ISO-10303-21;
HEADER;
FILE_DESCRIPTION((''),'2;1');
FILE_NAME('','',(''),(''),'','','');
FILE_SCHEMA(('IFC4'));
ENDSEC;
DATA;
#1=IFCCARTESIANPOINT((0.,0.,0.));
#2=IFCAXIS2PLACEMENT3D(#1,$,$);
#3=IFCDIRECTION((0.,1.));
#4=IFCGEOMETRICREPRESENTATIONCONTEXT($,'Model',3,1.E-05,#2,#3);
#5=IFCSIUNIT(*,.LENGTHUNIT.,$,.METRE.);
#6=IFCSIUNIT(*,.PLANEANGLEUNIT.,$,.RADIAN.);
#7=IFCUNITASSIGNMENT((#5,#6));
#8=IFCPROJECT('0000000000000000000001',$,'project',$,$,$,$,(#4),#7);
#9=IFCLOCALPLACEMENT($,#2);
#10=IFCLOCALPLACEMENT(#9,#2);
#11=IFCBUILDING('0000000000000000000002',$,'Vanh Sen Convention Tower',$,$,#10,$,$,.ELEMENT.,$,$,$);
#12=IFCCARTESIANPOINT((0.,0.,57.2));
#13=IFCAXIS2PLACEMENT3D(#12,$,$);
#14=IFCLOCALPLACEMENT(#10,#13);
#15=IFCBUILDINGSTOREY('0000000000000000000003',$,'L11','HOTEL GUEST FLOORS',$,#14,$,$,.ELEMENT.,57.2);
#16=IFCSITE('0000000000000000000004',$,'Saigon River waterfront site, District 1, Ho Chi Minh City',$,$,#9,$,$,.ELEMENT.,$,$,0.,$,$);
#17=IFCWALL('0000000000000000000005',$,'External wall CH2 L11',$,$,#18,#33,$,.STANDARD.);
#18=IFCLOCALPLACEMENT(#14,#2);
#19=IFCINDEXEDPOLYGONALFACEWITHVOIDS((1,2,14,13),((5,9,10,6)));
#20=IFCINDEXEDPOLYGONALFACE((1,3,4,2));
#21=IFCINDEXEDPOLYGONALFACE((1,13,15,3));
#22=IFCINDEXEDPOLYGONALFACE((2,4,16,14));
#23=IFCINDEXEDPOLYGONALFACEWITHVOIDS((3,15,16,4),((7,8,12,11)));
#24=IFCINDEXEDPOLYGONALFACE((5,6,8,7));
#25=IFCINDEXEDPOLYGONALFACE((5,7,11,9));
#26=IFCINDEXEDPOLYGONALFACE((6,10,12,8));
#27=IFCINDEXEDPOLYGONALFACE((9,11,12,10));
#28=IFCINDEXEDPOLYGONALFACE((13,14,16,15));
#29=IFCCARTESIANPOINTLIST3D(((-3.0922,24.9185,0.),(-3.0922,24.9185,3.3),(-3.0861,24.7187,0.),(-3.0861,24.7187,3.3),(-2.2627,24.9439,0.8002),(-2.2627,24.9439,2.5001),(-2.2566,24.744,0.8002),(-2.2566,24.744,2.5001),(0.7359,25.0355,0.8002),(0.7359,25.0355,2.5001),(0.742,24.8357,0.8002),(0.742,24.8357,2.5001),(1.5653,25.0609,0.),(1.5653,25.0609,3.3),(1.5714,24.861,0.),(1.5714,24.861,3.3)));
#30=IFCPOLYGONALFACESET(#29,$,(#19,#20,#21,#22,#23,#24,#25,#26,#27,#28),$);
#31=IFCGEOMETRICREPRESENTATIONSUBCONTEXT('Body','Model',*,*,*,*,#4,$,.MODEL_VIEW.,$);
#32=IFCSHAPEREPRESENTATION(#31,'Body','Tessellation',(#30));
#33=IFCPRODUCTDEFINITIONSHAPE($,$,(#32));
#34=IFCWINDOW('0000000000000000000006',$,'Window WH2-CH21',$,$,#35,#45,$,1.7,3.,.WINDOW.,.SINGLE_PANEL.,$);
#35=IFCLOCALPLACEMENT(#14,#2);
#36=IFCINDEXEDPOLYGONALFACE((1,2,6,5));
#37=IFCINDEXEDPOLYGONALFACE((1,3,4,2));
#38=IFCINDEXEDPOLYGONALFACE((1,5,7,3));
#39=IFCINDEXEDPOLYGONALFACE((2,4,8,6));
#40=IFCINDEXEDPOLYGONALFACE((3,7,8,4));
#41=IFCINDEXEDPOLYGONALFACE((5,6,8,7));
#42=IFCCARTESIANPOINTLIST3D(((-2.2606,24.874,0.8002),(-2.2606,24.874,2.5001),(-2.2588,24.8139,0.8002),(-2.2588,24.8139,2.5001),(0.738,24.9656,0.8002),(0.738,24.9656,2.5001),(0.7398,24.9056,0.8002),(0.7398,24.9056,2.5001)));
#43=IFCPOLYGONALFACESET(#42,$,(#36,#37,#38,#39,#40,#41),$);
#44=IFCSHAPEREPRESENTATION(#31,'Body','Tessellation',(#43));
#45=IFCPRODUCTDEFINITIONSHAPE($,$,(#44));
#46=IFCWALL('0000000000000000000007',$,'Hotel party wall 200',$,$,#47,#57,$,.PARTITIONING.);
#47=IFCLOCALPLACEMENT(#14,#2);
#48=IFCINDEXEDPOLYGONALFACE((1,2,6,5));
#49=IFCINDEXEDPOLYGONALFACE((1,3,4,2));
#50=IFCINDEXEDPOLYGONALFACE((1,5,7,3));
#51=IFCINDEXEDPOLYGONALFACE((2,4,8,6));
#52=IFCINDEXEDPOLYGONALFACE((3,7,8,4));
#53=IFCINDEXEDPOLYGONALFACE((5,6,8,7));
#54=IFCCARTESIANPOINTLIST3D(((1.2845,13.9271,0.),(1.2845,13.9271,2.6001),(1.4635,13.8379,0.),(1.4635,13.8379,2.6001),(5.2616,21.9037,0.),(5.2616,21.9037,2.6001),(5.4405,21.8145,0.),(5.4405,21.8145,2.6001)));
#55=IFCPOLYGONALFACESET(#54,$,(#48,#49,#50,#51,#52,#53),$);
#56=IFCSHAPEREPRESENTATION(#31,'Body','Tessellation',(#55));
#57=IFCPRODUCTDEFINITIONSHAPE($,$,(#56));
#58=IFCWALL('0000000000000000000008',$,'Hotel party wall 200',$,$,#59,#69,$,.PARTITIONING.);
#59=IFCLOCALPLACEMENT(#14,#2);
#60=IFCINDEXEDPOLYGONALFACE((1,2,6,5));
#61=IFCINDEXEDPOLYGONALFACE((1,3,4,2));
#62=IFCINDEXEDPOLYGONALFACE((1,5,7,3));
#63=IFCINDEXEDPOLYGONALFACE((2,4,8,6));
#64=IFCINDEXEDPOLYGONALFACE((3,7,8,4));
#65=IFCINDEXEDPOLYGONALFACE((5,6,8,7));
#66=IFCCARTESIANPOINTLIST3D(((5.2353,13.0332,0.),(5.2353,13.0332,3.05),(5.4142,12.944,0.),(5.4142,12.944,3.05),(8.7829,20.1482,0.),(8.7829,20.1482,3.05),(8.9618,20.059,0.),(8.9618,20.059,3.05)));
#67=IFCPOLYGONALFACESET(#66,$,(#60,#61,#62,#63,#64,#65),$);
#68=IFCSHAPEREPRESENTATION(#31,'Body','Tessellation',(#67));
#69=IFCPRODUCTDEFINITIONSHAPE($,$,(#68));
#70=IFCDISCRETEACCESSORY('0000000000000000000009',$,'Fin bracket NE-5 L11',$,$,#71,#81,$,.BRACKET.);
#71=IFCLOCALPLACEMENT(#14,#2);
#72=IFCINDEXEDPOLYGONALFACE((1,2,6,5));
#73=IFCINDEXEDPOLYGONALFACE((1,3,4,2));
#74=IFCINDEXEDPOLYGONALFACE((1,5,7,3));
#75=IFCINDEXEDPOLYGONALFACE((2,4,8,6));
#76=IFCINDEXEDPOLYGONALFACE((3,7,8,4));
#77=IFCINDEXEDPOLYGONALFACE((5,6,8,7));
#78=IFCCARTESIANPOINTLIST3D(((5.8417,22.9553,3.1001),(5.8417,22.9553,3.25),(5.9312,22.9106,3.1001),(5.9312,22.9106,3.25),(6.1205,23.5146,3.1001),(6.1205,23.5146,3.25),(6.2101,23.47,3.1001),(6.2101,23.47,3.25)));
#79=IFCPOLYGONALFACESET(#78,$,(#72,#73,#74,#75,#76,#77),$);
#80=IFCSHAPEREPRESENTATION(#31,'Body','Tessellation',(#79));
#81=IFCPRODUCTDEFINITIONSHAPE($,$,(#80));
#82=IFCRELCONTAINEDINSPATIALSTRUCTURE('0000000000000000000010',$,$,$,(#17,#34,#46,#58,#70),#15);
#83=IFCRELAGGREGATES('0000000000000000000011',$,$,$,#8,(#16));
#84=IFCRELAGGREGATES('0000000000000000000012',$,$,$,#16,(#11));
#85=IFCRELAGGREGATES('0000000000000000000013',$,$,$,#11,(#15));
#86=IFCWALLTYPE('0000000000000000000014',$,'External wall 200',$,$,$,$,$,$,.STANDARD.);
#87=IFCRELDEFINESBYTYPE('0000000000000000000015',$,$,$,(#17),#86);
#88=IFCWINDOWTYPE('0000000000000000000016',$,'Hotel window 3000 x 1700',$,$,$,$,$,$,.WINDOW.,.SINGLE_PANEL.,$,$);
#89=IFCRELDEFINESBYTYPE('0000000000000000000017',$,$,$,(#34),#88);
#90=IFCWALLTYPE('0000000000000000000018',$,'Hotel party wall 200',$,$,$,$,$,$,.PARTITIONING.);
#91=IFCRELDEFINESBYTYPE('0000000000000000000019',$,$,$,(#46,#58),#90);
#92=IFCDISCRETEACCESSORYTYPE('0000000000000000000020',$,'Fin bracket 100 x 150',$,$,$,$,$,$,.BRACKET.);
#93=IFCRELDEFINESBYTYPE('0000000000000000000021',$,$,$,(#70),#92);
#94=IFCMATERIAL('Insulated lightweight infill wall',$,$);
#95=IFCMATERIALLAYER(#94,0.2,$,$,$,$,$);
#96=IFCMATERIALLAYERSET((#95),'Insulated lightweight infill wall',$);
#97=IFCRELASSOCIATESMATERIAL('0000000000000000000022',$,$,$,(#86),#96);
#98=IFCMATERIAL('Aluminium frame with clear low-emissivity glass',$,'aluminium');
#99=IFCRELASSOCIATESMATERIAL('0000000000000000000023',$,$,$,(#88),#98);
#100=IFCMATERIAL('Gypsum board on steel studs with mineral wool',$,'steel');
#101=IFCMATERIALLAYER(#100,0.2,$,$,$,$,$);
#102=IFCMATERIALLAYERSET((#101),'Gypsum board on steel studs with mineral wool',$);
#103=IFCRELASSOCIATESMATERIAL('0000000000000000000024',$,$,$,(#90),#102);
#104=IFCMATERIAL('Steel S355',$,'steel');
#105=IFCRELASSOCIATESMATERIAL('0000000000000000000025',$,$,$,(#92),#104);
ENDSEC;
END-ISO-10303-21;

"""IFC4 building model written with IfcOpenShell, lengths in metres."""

from ifc_helpers import new_model, si_unit, direction, frame, frame_2d, origin, origin_2d, place, context, subcontext, project, spatial, rectangle, extrude, material, layer, layer_set, type_object, element, fill, save


model = new_model("IFC4")

# Units and contexts
model_context = context("Model", 3, precision=1e-05, world=origin(), true_north=direction((0.0, 1.0)))
body_context = subcontext(model_context, "Body", "Model", "MODEL_VIEW")
ifc_project = project(units=[si_unit("LENGTHUNIT", "METRE"), si_unit("PLANEANGLEUNIT", "RADIAN")], contexts=[model_context])

# Site, building, storey
site_placement = place(None, origin())
site = spatial("IfcSite", under=ifc_project, at=site_placement, Name="Saigon River waterfront site, District 1, Ho Chi Minh City", CompositionType="ELEMENT", RefElevation=0.0)
building_placement = place(site_placement, origin())
building = spatial("IfcBuilding", under=site, at=building_placement, Name="Vanh Sen Convention Tower", CompositionType="ELEMENT")
storey_placement = place(building_placement, frame((0.0, 0.0, 57.2)))
storey = spatial("IfcBuildingStorey", under=building, at=storey_placement, Name="L11", Description="HOTEL GUEST FLOORS", CompositionType="ELEMENT", Elevation=57.2)

# Shared definitions
ifc_material_1 = material(Name="Gypsum board on steel studs with mineral wool", Category="steel")

# Wall, opening, window
ifc_material_2 = material(Name="Insulated lightweight infill wall")
ifc_layer_1 = layer(ifc_material_2, 0.2)
ifc_layer_set_1 = layer_set([ifc_layer_1], Name="Insulated lightweight infill wall")
wall_type_1 = type_object("IfcWallType", Name="External wall 200", PredefinedType="STANDARD", material=ifc_layer_set_1)
wall_1_placement = place(storey_placement, frame((1.5684, 24.9609, 0.0), z_axis=(0.0, 0.0, 1.0), x_axis=(-0.999533, -0.030546, 0.0)))
wall_1 = element("IfcWall", 1, at=wall_1_placement, inside=storey, type_object=wall_type_1, Name="External wall CH2 L11", PredefinedType="STANDARD", context=body_context, shape_type="SweptSolid", body=[
    extrude(rectangle(XDim=4.6597, YDim=0.2, at=frame_2d((2.3298, 0.0))), origin(), (0.0, 0.0, 1.0), 3.3),
])
opening_1_placement = place(wall_1_placement, frame((0.8298, 0.0, 0.8)))
opening_1 = element("IfcOpeningElement", 2, at=opening_1_placement, cuts=wall_1, PredefinedType="OPENING", context=body_context, shape_type="SweptSolid", body=[
    extrude(rectangle(XDim=3.0, YDim=1.7, at=frame_2d((1.5, 0.8501))), frame((0.0, 0.1099, 0.0), z_axis=(0.0, -1.0, 0.0), x_axis=(1.0, 0.0, 0.0)), (0.0, 0.0, 1.0), 0.22),
])
ifc_material_3 = material(Name="Aluminium frame with clear low-emissivity glass", Category="aluminium")
window_type = type_object("IfcWindowType", Name="Hotel window 3000 x 1700", PartitioningType="SINGLE_PANEL", PredefinedType="WINDOW", material=ifc_material_3)
window_placement = place(opening_1_placement, origin())
window = element("IfcWindow", 3, at=window_placement, inside=storey, type_object=window_type, Name="Window WH2-CH21", OverallHeight=1.7, OverallWidth=3.0, PartitioningType="SINGLE_PANEL", PredefinedType="WINDOW", context=body_context, shape_type="SweptSolid", body=[
    extrude(rectangle(XDim=3.0, YDim=1.7, at=frame_2d((1.5, 0.8501))), frame((0.0, 0.03, 0.0), z_axis=(0.0, -1.0, 0.0), x_axis=(1.0, 0.0, 0.0)), (0.0, 0.0, 1.0), 0.0601),
])
fill(opening_1, window)

# Walls
ifc_layer_2 = layer(ifc_material_1, 0.2)
ifc_layer_set_2 = layer_set([ifc_layer_2], Name="Gypsum board on steel studs with mineral wool")
wall_type_2 = type_object("IfcWallType", Name="Hotel party wall 200", PredefinedType="PARTITIONING", material=ifc_layer_set_2)
wall_2_placement = place(storey_placement, frame((5.3511, 21.8591, 0.0), z_axis=(0.0, 0.0, 1.0), x_axis=(-0.446205, -0.894931, 0.0)))
element("IfcWall", 4, at=wall_2_placement, inside=storey, type_object=wall_type_2, Name="Hotel party wall 200", PredefinedType="PARTITIONING", context=body_context, shape_type="SweptSolid", body=[
    extrude(rectangle(XDim=8.9131, YDim=0.2, at=frame_2d((4.4565, 0.0))), origin(), (0.0, 0.0, 1.0), 2.6001),
])
wall_3_placement = place(storey_placement, frame((8.8723, 20.1035, 0.0), z_axis=(0.0, 0.0, 1.0), x_axis=(-0.446218, -0.894924, 0.0)))
element("IfcWall", 5, at=wall_3_placement, inside=storey, type_object=wall_type_2, Name="Hotel party wall 200", PredefinedType="PARTITIONING", context=body_context, shape_type="SweptSolid", body=[
    extrude(rectangle(XDim=7.9504, YDim=0.2, at=frame_2d((3.9751, 0.0))), origin(), (0.0, 0.0, 1.0), 3.05),
])

# Discrete accessory
ifc_material_4 = material(Name="Steel S355", Category="steel")
discrete_accessory_type = type_object("IfcDiscreteAccessoryType", Name="Fin bracket 100 x 150", PredefinedType="BRACKET", material=ifc_material_4)
discrete_accessory_placement = place(storey_placement, frame((6.0259, 23.2126, 3.1001), z_axis=(0.0, 0.0, 1.0), x_axis=(0.446198, 0.894934, 0.0)))
element("IfcDiscreteAccessory", 6, at=discrete_accessory_placement, inside=storey, type_object=discrete_accessory_type, Name="Fin bracket NE-5 L11", PredefinedType="BRACKET", context=body_context, shape_type="SweptSolid", body=[
    extrude(rectangle(XDim=0.625, YDim=0.1001, at=origin_2d()), origin(), (0.0, 0.0, 1.0), 0.1499),
])

save(model, "model.ifc")
